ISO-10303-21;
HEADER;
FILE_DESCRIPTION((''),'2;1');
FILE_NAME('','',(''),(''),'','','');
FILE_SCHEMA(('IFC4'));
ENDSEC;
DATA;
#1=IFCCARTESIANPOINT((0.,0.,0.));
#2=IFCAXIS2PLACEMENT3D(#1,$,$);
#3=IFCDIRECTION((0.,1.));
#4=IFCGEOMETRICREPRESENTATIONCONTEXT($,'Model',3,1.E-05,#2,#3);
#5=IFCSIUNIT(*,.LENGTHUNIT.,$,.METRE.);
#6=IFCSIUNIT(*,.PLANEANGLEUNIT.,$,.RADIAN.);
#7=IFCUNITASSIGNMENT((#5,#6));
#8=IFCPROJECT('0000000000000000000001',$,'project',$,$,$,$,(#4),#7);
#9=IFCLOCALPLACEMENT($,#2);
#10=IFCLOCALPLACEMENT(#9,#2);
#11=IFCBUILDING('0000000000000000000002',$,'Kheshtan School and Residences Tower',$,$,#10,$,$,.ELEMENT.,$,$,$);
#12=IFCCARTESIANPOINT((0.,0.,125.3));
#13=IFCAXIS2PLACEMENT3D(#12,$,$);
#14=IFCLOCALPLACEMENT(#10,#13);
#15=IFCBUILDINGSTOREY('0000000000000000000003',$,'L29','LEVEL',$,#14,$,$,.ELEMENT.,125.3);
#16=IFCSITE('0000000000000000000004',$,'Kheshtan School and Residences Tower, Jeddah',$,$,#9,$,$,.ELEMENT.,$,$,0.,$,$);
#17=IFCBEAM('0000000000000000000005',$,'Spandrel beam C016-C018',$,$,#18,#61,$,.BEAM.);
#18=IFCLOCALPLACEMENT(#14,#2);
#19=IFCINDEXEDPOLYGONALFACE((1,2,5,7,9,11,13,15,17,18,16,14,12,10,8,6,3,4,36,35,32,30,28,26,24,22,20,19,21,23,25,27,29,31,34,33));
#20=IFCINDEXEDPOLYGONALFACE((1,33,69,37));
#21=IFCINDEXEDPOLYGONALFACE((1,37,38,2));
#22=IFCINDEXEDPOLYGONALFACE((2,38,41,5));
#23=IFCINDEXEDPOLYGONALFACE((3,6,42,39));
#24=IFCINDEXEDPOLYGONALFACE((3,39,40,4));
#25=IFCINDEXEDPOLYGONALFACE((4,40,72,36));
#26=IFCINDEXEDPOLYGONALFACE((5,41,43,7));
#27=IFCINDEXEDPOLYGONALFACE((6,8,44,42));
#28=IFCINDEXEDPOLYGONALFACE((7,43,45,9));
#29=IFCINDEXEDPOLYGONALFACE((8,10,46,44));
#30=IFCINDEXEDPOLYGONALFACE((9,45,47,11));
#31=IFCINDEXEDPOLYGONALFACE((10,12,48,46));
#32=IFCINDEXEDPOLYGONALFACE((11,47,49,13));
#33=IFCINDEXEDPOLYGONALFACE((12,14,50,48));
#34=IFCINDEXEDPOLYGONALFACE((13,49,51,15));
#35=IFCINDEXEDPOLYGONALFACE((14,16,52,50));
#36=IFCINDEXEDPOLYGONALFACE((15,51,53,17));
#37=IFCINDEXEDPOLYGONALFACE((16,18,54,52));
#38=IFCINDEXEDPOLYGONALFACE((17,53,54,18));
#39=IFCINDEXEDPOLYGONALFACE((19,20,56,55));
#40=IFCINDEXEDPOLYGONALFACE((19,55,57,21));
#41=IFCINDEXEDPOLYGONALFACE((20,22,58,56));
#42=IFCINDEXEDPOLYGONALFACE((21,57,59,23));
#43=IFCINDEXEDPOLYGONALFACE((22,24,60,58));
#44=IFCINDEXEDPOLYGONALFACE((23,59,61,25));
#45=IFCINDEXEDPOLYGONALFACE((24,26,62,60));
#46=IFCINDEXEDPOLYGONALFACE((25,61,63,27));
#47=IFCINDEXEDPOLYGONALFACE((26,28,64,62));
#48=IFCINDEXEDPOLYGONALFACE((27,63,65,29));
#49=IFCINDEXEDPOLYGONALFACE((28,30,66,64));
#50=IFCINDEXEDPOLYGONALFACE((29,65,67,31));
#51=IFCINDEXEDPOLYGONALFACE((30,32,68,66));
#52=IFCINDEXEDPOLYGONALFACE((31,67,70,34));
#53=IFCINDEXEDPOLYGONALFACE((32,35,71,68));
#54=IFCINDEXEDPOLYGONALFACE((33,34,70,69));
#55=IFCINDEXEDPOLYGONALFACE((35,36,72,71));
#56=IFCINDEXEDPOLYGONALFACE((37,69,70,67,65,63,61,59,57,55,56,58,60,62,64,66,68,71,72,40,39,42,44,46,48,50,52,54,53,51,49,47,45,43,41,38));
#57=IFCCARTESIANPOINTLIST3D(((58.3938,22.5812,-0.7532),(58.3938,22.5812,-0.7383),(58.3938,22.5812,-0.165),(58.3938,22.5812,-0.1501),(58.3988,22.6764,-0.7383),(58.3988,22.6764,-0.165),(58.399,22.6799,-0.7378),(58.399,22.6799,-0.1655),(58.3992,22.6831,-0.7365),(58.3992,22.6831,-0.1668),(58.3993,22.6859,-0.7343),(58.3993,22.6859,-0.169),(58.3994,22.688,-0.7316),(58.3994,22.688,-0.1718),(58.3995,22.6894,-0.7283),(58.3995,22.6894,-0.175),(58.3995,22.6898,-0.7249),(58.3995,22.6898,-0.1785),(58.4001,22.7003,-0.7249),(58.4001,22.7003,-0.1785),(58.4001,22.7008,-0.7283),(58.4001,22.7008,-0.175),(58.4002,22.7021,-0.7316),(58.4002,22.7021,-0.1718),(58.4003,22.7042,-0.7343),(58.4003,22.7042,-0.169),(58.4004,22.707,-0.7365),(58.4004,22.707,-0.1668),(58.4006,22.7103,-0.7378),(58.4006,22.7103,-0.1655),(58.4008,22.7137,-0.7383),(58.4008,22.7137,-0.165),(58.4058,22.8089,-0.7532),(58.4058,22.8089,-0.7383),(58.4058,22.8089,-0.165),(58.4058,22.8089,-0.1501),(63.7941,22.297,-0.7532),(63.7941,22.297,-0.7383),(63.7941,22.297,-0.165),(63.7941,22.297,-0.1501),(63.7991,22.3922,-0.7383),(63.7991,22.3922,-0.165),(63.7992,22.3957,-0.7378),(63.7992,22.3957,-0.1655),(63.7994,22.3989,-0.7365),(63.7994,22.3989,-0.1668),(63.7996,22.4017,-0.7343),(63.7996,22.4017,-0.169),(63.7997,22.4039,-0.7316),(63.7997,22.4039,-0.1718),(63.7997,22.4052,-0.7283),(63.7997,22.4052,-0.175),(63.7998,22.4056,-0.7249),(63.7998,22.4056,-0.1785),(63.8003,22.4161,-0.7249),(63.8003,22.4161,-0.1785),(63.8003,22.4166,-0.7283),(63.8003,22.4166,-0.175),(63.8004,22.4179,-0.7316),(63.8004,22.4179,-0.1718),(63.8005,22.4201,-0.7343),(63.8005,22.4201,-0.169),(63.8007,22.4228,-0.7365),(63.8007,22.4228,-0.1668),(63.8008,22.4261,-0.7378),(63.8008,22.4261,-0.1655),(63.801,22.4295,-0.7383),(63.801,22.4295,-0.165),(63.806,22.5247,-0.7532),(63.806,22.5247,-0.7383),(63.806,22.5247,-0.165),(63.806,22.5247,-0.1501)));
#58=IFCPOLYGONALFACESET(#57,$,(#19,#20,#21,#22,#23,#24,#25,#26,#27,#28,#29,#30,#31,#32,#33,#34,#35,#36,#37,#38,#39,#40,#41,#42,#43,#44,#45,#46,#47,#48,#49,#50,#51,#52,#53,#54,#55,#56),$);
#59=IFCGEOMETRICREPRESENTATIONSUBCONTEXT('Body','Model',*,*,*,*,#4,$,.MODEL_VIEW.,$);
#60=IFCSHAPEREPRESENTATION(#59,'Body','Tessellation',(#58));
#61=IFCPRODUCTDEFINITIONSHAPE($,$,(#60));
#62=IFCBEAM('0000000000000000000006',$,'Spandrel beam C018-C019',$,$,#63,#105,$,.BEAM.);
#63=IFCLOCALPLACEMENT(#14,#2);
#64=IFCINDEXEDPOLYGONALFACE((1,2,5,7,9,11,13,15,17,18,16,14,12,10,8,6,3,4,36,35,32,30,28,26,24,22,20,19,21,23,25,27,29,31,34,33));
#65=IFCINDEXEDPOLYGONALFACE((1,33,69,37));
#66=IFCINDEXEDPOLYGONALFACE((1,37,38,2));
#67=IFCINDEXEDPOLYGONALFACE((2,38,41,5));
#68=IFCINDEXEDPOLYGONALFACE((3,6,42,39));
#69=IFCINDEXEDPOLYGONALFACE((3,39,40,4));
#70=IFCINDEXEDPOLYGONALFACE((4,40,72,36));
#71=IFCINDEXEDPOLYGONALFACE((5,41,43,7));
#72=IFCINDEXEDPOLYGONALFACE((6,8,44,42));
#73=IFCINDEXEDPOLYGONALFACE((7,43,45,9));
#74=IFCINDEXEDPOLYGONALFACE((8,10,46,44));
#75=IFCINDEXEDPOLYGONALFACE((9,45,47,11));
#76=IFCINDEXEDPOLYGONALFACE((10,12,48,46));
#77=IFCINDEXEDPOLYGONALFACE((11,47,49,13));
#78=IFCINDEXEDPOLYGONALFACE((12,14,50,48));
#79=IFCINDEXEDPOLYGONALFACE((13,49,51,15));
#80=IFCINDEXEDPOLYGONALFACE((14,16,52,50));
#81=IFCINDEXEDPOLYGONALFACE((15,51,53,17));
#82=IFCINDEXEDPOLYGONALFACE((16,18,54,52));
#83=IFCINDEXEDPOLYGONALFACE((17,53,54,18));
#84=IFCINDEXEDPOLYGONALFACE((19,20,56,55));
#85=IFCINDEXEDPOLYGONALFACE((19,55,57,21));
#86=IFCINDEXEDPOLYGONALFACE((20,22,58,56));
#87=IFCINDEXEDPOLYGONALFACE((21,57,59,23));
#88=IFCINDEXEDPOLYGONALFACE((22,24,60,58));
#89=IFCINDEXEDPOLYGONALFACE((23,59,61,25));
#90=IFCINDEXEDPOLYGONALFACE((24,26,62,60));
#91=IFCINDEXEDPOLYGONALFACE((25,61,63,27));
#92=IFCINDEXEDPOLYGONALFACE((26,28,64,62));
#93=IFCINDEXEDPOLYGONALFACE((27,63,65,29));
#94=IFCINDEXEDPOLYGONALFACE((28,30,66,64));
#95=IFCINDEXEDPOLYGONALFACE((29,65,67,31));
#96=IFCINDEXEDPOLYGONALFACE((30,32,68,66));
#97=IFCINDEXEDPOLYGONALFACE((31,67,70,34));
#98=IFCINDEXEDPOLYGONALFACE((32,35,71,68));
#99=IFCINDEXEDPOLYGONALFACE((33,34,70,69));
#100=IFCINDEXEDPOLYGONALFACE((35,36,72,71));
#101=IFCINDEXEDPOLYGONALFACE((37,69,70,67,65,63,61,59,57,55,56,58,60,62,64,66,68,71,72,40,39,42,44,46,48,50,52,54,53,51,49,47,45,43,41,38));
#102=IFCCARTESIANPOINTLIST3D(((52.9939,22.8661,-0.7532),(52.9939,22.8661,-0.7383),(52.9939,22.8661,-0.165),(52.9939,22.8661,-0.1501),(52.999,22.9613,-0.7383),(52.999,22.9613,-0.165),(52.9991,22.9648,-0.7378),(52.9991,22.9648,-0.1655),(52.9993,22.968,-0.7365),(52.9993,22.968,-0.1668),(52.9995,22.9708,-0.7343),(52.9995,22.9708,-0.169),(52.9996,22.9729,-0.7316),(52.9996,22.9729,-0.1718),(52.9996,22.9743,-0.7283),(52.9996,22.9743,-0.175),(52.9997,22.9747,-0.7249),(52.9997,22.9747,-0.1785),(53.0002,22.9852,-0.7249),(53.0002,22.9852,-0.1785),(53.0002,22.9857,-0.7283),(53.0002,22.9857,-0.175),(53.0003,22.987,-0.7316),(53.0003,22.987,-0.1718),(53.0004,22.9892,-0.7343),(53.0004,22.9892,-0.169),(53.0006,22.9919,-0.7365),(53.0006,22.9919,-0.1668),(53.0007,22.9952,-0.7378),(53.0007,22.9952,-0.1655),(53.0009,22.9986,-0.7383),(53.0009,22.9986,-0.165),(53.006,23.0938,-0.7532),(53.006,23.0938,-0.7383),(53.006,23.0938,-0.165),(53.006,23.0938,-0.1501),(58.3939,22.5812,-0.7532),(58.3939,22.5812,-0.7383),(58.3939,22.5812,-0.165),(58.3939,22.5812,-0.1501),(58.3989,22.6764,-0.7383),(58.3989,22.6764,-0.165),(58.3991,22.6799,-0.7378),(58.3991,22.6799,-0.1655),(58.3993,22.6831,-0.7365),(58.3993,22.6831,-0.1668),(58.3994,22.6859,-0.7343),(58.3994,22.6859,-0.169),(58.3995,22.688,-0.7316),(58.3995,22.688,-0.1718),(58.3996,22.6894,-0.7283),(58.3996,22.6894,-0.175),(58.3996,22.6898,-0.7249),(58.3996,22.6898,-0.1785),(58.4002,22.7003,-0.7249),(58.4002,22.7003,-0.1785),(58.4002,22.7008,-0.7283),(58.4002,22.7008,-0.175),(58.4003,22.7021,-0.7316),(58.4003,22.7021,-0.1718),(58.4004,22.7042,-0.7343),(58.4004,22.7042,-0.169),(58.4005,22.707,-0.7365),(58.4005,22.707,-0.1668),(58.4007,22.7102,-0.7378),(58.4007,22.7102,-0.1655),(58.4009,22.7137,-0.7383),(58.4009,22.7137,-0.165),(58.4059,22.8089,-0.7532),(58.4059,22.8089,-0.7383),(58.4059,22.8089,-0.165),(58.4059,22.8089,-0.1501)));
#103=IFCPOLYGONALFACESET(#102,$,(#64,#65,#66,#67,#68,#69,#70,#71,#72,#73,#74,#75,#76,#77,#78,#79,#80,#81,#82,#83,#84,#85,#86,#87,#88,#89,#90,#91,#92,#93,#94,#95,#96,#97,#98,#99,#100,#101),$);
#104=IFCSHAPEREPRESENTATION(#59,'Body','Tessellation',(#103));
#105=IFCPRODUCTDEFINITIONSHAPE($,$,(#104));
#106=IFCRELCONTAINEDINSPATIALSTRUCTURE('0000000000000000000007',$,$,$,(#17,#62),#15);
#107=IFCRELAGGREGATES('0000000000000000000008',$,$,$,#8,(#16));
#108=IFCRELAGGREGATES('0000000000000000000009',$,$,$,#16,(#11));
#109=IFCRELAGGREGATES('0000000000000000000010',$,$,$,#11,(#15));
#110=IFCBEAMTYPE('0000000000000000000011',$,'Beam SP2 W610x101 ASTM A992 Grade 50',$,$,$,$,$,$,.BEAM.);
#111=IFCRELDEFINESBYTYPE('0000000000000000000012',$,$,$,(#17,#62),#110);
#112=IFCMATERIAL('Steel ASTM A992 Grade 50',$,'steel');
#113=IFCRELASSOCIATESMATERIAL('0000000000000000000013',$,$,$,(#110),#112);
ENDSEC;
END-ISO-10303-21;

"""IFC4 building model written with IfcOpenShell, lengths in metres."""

from ifc_helpers import new_model, si_unit, direction, frame, origin, origin_2d, place, context, subcontext, project, spatial, i_section, extrude, material, material_profile, profile_set, type_object, element, save


model = new_model("IFC4")

# Units and contexts
model_context = context("Model", 3, precision=1e-05, world=origin(), true_north=direction((0.0, 1.0)))
body_context = subcontext(model_context, "Body", "Model", "MODEL_VIEW")
ifc_project = project(units=[si_unit("LENGTHUNIT", "METRE"), si_unit("PLANEANGLEUNIT", "RADIAN")], contexts=[model_context])

# Site, building, storey
site_placement = place(None, origin())
site = spatial("IfcSite", under=ifc_project, at=site_placement, Name="Kheshtan School and Residences Tower, Jeddah", CompositionType="ELEMENT", RefElevation=0.0)
building_placement = place(site_placement, origin())
building = spatial("IfcBuilding", under=site, at=building_placement, Name="Kheshtan School and Residences Tower", CompositionType="ELEMENT")
storey_placement = place(building_placement, frame((0.0, 0.0, 125.3)))
storey = spatial("IfcBuildingStorey", under=building, at=storey_placement, Name="L29", Description="LEVEL", CompositionType="ELEMENT", Elevation=125.3)

# Shared definitions
ifc_material_1 = material(Name="Steel ASTM A992 Grade 50", Category="steel")

# Beams
ifc_material_profile_1 = material_profile(ifc_material_1, i_section(OverallWidth=0.228, OverallDepth=0.603, WebThickness=0.0105, FlangeThickness=0.0149, FilletRadius=0.0134, at=origin_2d()), Name="W610x101")
ifc_profile_set_1 = profile_set([ifc_material_profile_1], Name="Steel ASTM A992 Grade 50")
beam_type_1 = type_object("IfcBeamType", Name="Beam SP2 W610x101 ASTM A992 Grade 50", PredefinedType="BEAM", material=ifc_profile_set_1)
beam_1_placement = place(storey_placement, frame((63.8, 22.4109, -0.4517), z_axis=(-0.998618, 0.052552, 0.0), x_axis=(-0.052552, -0.998618, 0.0)))
element("IfcBeam", 1, at=beam_1_placement, inside=storey, type_object=beam_type_1, Name="Spandrel beam C016-C018", PredefinedType="BEAM", context=body_context, shape_type="SweptSolid", body=[
    extrude(i_section(OverallWidth=0.228, OverallDepth=0.603, WebThickness=0.0105, FlangeThickness=0.0149, FilletRadius=0.0134, at=origin_2d()), origin(), (0.0, 0.0, 1.0), 5.4077),
])
beam_2_placement = place(storey_placement, frame((58.3999, 22.6951, -0.4517), z_axis=(-0.998611, 0.052689, 0.0), x_axis=(-0.052689, -0.998611, 0.0)))
element("IfcBeam", 2, at=beam_2_placement, inside=storey, type_object=beam_type_1, Name="Spandrel beam C018-C019", PredefinedType="BEAM", context=body_context, shape_type="SweptSolid", body=[
    extrude(i_section(OverallWidth=0.228, OverallDepth=0.603, WebThickness=0.0105, FlangeThickness=0.0149, FilletRadius=0.0134, at=origin_2d()), origin(), (0.0, 0.0, 1.0), 5.4075),
])

save(model, "model.ifc")
